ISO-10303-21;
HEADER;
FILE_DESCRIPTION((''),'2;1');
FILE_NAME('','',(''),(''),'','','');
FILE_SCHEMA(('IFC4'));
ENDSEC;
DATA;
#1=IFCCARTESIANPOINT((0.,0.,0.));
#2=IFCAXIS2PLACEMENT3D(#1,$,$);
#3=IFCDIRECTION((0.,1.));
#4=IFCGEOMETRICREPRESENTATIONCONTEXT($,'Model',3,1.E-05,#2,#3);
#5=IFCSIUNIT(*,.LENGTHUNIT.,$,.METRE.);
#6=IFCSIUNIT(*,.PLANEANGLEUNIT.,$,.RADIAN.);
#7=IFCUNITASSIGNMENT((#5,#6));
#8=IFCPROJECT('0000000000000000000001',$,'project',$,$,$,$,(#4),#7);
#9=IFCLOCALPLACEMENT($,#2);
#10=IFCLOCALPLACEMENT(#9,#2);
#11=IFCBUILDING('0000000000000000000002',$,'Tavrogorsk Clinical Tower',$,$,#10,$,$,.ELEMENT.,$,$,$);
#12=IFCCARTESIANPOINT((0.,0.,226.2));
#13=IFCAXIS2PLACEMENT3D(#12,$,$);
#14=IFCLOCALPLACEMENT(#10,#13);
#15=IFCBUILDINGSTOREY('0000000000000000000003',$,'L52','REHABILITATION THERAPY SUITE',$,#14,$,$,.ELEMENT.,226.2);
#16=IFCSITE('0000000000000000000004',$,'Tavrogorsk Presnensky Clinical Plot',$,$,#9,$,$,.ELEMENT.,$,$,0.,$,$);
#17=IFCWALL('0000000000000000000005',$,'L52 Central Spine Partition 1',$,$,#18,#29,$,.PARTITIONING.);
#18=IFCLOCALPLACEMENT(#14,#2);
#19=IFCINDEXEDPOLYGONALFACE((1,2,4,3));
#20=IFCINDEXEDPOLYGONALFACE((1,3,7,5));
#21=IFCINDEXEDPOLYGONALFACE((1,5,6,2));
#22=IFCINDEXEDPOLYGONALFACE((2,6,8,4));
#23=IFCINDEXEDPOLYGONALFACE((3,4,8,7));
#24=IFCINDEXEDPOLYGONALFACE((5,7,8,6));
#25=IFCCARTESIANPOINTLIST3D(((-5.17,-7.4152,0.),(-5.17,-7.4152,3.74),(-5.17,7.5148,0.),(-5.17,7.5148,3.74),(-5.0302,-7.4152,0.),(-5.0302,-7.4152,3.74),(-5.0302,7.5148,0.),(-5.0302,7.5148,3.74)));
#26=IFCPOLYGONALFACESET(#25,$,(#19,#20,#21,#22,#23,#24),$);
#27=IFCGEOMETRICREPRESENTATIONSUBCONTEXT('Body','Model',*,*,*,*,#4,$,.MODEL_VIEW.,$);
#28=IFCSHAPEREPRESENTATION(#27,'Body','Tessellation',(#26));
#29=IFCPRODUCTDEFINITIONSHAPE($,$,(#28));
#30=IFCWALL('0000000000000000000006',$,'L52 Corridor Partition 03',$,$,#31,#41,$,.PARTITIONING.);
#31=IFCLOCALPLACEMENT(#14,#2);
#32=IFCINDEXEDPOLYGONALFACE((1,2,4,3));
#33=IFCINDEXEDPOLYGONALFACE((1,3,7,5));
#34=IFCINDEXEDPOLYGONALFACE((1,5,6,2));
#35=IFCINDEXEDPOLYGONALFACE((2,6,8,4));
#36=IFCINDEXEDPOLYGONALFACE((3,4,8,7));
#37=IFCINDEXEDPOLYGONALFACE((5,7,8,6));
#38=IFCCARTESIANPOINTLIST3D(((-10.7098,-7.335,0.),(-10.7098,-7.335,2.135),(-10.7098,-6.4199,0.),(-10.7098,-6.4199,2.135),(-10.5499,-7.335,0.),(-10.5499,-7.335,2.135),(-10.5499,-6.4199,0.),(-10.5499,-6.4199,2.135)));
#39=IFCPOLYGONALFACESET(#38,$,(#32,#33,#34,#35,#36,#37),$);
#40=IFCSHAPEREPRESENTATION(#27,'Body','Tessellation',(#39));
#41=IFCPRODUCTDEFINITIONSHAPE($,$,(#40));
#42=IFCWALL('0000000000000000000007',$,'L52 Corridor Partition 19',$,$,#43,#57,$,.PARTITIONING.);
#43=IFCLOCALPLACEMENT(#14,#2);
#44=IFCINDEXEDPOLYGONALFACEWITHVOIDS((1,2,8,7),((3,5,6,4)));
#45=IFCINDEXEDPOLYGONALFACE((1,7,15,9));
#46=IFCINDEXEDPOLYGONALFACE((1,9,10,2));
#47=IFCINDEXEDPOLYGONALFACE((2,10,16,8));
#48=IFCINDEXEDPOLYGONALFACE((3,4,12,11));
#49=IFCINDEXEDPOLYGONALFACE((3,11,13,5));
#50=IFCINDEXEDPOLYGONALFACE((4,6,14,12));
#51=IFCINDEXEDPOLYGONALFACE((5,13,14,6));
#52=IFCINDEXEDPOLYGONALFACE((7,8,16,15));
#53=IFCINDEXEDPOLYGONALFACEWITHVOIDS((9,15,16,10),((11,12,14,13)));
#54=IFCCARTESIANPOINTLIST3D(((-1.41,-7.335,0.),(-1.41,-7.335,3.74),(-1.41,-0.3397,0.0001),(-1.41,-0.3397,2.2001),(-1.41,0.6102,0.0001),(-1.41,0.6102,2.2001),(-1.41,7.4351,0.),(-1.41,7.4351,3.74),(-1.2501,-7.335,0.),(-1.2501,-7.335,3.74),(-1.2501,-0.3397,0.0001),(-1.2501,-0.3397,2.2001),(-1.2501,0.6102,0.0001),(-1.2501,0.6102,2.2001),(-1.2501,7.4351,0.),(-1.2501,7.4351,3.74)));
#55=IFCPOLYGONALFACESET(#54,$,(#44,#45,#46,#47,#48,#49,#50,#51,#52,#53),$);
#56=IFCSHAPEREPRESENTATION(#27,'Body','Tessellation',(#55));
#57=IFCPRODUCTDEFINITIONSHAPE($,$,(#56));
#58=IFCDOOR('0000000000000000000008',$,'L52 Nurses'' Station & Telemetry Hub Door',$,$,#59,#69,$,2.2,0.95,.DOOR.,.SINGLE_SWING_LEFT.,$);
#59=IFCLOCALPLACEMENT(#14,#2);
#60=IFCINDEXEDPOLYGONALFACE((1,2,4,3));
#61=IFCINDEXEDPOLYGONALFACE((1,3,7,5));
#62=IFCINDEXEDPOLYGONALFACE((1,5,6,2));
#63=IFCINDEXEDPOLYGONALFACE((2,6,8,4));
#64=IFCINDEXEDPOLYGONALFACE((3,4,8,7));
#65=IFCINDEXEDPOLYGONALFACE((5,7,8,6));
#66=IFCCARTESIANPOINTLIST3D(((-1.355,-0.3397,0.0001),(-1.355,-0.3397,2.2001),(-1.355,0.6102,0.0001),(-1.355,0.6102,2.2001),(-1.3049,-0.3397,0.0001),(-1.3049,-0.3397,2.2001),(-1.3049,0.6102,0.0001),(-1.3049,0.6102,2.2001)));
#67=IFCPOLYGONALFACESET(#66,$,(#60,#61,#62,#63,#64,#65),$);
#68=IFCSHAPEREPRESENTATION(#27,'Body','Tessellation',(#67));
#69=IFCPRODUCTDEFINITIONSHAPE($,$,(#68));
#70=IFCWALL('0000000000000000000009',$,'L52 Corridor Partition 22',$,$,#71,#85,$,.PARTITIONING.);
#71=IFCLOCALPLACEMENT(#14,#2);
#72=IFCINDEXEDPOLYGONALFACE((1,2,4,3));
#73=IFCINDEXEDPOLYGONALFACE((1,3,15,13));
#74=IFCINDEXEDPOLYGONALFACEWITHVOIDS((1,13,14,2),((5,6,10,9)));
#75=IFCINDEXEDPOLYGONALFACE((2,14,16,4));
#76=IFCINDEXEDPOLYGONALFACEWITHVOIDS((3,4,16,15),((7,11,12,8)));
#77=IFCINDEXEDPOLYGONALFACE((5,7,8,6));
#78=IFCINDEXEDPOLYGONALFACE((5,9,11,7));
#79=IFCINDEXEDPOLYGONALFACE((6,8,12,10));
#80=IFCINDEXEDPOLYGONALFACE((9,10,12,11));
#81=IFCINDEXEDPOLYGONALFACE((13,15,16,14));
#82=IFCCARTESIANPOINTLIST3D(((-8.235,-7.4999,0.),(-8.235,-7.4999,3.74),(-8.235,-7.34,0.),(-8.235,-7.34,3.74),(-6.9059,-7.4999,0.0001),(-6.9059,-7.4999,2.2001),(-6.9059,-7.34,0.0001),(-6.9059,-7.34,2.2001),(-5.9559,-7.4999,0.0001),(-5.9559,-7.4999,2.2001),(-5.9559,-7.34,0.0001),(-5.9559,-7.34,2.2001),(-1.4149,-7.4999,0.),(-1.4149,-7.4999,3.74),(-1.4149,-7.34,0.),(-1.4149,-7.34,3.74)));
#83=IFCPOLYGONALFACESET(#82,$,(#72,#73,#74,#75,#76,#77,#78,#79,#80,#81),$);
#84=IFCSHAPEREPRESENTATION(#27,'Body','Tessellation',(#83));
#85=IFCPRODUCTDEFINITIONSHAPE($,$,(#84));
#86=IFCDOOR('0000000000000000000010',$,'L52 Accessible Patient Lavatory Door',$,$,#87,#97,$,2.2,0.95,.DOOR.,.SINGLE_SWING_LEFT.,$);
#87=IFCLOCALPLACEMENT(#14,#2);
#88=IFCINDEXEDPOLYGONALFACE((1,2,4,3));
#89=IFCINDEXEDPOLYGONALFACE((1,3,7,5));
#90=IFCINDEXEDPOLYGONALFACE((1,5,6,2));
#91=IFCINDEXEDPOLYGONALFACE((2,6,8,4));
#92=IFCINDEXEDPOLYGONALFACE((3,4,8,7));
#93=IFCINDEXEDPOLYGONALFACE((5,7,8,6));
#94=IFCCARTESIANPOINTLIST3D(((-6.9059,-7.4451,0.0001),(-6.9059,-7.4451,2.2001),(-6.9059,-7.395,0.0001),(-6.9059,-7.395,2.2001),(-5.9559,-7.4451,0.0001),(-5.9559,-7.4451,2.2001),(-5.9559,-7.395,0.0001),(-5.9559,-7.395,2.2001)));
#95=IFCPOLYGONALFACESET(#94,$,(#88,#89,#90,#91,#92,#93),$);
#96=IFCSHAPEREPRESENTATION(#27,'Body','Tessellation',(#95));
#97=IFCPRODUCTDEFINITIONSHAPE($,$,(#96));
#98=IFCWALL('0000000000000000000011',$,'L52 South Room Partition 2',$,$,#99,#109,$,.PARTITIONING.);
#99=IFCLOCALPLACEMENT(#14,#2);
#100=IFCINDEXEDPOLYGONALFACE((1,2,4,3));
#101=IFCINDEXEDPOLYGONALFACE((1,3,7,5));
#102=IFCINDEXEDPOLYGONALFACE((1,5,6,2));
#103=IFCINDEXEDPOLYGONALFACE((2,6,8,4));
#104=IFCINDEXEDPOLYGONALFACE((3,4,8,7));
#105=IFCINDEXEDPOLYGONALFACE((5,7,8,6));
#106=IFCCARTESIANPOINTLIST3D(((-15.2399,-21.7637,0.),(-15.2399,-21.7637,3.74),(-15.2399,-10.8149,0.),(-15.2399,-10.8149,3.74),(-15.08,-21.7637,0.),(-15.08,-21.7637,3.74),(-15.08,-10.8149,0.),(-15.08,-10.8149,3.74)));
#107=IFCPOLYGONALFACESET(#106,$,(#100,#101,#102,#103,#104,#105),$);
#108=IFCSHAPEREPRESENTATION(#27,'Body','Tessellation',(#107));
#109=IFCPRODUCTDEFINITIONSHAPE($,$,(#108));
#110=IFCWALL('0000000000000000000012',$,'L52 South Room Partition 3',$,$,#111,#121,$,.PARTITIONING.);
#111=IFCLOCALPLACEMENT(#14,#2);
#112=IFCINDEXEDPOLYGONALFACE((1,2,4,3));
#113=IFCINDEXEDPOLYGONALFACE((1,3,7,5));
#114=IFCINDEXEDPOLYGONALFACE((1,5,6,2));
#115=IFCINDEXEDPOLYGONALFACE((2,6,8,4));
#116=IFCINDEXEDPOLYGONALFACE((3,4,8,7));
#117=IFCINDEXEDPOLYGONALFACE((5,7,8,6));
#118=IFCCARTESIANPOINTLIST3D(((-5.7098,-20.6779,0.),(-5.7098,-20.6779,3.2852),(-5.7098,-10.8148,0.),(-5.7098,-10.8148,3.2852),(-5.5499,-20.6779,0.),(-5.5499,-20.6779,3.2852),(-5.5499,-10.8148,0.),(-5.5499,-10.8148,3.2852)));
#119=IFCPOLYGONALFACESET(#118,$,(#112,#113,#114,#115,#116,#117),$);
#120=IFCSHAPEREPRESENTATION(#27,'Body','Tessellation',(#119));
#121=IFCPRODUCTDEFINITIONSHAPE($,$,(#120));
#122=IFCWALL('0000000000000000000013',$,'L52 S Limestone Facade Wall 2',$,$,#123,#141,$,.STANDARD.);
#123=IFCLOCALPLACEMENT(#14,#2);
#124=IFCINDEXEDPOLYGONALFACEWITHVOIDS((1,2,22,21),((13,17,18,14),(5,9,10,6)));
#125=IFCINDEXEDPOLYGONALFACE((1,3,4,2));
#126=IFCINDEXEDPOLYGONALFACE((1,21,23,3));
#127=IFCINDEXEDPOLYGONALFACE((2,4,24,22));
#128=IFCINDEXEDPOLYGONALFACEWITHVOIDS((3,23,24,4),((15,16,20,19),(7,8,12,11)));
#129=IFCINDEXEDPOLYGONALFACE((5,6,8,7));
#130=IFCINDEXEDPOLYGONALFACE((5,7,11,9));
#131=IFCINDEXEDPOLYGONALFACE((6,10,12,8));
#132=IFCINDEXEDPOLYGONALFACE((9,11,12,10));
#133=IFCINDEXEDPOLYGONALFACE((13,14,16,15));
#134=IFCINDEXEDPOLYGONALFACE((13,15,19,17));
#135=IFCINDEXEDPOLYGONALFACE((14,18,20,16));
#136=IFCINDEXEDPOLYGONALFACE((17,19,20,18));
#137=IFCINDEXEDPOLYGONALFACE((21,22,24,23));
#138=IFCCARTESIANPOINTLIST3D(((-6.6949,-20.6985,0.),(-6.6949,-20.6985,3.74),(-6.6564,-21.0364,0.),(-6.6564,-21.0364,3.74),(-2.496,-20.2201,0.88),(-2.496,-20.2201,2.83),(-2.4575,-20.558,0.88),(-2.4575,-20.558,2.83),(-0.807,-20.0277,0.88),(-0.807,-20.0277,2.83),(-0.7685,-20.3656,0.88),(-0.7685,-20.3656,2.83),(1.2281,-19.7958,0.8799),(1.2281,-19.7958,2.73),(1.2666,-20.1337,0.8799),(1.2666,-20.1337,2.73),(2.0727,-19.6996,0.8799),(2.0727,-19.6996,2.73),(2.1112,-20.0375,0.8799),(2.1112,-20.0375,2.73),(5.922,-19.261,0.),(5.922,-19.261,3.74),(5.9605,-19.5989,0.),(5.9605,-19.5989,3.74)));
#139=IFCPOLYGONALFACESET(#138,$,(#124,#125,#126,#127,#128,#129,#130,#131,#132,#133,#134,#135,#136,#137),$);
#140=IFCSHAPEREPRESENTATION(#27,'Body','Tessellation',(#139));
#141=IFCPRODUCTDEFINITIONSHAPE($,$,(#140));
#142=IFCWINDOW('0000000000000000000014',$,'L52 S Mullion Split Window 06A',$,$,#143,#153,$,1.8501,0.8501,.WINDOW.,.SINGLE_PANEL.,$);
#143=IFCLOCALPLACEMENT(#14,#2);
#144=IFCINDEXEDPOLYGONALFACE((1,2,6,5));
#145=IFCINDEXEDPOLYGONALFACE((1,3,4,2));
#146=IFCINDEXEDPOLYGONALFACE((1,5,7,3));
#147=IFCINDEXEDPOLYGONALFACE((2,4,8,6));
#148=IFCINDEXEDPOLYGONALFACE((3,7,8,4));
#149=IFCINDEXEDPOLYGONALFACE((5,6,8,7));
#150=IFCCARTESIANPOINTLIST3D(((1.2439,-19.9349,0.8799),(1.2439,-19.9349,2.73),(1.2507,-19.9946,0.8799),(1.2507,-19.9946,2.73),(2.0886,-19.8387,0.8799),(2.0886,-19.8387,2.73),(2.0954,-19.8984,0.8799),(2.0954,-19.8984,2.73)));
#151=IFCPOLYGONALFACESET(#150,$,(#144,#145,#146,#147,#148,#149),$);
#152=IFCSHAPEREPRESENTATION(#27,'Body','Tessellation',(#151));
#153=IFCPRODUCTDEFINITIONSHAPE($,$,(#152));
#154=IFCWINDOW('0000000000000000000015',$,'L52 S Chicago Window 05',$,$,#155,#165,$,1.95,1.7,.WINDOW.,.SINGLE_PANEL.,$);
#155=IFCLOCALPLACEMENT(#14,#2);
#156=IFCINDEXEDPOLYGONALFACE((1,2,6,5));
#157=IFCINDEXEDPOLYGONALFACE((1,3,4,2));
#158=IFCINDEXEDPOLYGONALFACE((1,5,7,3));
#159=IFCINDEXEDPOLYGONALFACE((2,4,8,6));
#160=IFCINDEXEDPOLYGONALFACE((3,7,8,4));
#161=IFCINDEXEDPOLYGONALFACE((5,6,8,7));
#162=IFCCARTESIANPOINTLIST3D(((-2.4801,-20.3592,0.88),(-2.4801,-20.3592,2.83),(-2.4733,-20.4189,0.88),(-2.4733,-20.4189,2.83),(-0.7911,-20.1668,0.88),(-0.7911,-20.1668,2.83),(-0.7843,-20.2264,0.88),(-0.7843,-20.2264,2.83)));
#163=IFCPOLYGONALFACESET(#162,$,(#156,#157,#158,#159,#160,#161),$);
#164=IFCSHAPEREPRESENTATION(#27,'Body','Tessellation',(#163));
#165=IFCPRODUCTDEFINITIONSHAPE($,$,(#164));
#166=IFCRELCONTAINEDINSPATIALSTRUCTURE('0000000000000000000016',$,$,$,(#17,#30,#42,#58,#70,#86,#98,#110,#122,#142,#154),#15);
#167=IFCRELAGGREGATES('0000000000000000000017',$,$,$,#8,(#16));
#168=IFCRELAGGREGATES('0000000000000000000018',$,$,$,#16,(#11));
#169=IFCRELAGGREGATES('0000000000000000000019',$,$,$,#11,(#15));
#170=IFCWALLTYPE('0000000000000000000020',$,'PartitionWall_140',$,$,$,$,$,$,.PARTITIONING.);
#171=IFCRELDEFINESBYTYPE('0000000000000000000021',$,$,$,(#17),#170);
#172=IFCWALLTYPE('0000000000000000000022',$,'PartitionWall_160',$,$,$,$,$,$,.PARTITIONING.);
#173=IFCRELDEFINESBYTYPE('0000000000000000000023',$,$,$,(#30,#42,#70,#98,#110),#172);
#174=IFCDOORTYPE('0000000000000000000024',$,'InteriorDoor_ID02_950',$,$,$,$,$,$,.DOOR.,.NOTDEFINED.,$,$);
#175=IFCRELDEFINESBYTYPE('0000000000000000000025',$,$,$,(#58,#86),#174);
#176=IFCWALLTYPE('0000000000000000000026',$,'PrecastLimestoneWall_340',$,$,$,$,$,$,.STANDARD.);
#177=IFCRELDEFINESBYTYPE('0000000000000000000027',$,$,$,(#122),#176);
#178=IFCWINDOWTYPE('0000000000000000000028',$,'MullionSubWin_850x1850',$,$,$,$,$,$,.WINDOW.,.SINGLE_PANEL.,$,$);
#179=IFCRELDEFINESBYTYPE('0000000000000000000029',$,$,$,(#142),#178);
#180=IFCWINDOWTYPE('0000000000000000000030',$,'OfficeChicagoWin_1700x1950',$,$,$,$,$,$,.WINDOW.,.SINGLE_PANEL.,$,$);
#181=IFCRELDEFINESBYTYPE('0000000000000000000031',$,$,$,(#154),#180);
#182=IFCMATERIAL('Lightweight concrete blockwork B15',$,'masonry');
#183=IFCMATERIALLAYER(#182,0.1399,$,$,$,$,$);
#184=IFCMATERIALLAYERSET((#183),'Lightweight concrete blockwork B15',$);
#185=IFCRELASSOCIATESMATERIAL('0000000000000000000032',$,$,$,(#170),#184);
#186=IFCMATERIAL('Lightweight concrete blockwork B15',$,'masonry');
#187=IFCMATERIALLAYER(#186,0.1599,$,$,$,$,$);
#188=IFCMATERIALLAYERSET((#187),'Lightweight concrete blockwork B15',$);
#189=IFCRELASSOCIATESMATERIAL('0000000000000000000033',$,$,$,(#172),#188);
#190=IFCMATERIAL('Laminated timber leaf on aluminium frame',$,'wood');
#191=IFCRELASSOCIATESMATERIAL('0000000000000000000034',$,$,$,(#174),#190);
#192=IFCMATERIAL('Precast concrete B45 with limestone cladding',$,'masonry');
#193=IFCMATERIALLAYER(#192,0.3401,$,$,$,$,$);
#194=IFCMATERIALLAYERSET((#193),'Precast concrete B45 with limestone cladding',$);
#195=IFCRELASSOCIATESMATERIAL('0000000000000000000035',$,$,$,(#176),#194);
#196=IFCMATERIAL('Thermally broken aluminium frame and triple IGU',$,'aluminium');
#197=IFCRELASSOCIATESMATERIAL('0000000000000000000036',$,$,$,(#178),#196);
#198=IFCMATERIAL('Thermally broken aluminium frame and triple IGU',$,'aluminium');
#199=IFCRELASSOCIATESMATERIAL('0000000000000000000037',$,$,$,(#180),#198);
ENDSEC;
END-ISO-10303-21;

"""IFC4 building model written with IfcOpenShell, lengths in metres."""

from ifc_helpers import new_model, si_unit, direction, frame, frame_2d, origin, place, context, subcontext, project, spatial, rectangle, extrude, material, layer, layer_set, type_object, element, fill, save


model = new_model("IFC4")

# Units and contexts
model_context = context("Model", 3, precision=1e-05, world=origin(), true_north=direction((0.0, 1.0)))
body_context = subcontext(model_context, "Body", "Model", "MODEL_VIEW")
ifc_project = project(units=[si_unit("LENGTHUNIT", "METRE"), si_unit("PLANEANGLEUNIT", "RADIAN")], contexts=[model_context])

# Site, building, storey
site_placement = place(None, origin())
site = spatial("IfcSite", under=ifc_project, at=site_placement, Name="Tavrogorsk Presnensky Clinical Plot", CompositionType="ELEMENT", RefElevation=0.0)
building_placement = place(site_placement, origin())
building = spatial("IfcBuilding", under=site, at=building_placement, Name="Tavrogorsk Clinical Tower", CompositionType="ELEMENT")
storey_placement = place(building_placement, frame((0.0, 0.0, 226.2)))
storey = spatial("IfcBuildingStorey", under=building, at=storey_placement, Name="L52", Description="REHABILITATION THERAPY SUITE", CompositionType="ELEMENT", Elevation=226.2)

# Walls
ifc_material_1 = material(Name="Lightweight concrete blockwork B15", Category="masonry")
ifc_layer_1 = layer(ifc_material_1, 0.1399)
ifc_layer_set_1 = layer_set([ifc_layer_1], Name="Lightweight concrete blockwork B15")
wall_type_1 = type_object("IfcWallType", Name="PartitionWall_140", PredefinedType="PARTITIONING", material=ifc_layer_set_1)
wall_1_placement = place(storey_placement, frame((-5.1001, -7.415, 0.0), z_axis=(0.0, 0.0, 1.0), x_axis=(0.0, 1.0, 0.0)))
element("IfcWall", 1, at=wall_1_placement, inside=storey, type_object=wall_type_1, Name="L52 Central Spine Partition 1", PredefinedType="PARTITIONING", context=body_context, shape_type="SweptSolid", body=[
    extrude(rectangle(XDim=14.9299, YDim=0.1399, at=frame_2d((7.4648, 0.0))), origin(), (0.0, 0.0, 1.0), 3.74),
])
ifc_material_2 = material(Name="Lightweight concrete blockwork B15", Category="masonry")
ifc_layer_2 = layer(ifc_material_2, 0.1599)
ifc_layer_set_2 = layer_set([ifc_layer_2], Name="Lightweight concrete blockwork B15")
wall_type_2 = type_object("IfcWallType", Name="PartitionWall_160", PredefinedType="PARTITIONING", material=ifc_layer_set_2)
wall_2_placement = place(storey_placement, frame((-10.6299, -7.335, 0.0), z_axis=(0.0, 0.0, 1.0), x_axis=(0.0, 1.0, 0.0)))
element("IfcWall", 2, at=wall_2_placement, inside=storey, type_object=wall_type_2, Name="L52 Corridor Partition 03", PredefinedType="PARTITIONING", context=body_context, shape_type="SweptSolid", body=[
    extrude(rectangle(XDim=0.915, YDim=0.1599, at=frame_2d((0.4575, 0.0))), origin(), (0.0, 0.0, 1.0), 2.135),
])

# Walls, openings, doors
wall_3_placement = place(storey_placement, frame((-1.3301, -7.335, 0.0), z_axis=(0.0, 0.0, 1.0), x_axis=(0.0, 1.0, 0.0)))
wall_3 = element("IfcWall", 3, at=wall_3_placement, inside=storey, type_object=wall_type_2, Name="L52 Corridor Partition 19", PredefinedType="PARTITIONING", context=body_context, shape_type="SweptSolid", body=[
    extrude(rectangle(XDim=14.77, YDim=0.1599, at=frame_2d((7.385, 0.0))), origin(), (0.0, 0.0, 1.0), 3.74),
])
opening_1_placement = place(wall_3_placement, frame((6.9951, 0.0, 0.0)))
opening_1 = element("IfcOpeningElement", 4, at=opening_1_placement, cuts=wall_3, PredefinedType="OPENING", context=body_context, shape_type="SweptSolid", body=[
    extrude(rectangle(XDim=0.95, YDim=2.2, at=frame_2d((0.4751, 1.1001))), frame((0.0, 0.0898, 0.0), z_axis=(0.0, -1.0, 0.0), x_axis=(1.0, 0.0, 0.0)), (0.0, 0.0, 1.0), 0.1799),
])
ifc_material_3 = material(Name="Laminated timber leaf on aluminium frame", Category="wood")
door_type = type_object("IfcDoorType", Name="InteriorDoor_ID02_950", OperationType="NOTDEFINED", PredefinedType="DOOR", material=ifc_material_3)
door_1_placement = place(opening_1_placement, origin())
door_1 = element("IfcDoor", 5, at=door_1_placement, inside=storey, type_object=door_type, Name="L52 Nurses' Station & Telemetry Hub Door", OperationType="SINGLE_SWING_LEFT", OverallHeight=2.2, OverallWidth=0.95, PredefinedType="DOOR", context=body_context, shape_type="SweptSolid", body=[
    extrude(rectangle(XDim=0.95, YDim=2.2, at=frame_2d((0.4751, 1.1001))), frame((0.0, 0.0249, 0.0), z_axis=(0.0, -1.0, 0.0), x_axis=(1.0, 0.0, 0.0)), (0.0, 0.0, 1.0), 0.05),
])
fill(opening_1, door_1)
wall_4_placement = place(storey_placement, frame((-8.2351, -7.4199, 0.0), z_axis=(0.0, 0.0, 1.0), x_axis=(1.0, 0.0, 0.0)))
wall_4 = element("IfcWall", 6, at=wall_4_placement, inside=storey, type_object=wall_type_2, Name="L52 Corridor Partition 22", PredefinedType="PARTITIONING", context=body_context, shape_type="SweptSolid", body=[
    extrude(rectangle(XDim=6.8201, YDim=0.1599, at=frame_2d((3.4102, 0.0))), origin(), (0.0, 0.0, 1.0), 3.74),
])
opening_2_placement = place(wall_4_placement, frame((1.3291, 0.0, 0.0)))
opening_2 = element("IfcOpeningElement", 7, at=opening_2_placement, cuts=wall_4, PredefinedType="OPENING", context=body_context, shape_type="SweptSolid", body=[
    extrude(rectangle(XDim=0.95, YDim=2.2, at=frame_2d((0.4751, 1.1001))), frame((0.0, 0.0898, 0.0), z_axis=(0.0, -1.0, 0.0), x_axis=(1.0, 0.0, 0.0)), (0.0, 0.0, 1.0), 0.1799),
])
door_2_placement = place(opening_2_placement, origin())
door_2 = element("IfcDoor", 8, at=door_2_placement, inside=storey, type_object=door_type, Name="L52 Accessible Patient Lavatory Door", OperationType="SINGLE_SWING_LEFT", OverallHeight=2.2, OverallWidth=0.95, PredefinedType="DOOR", context=body_context, shape_type="SweptSolid", body=[
    extrude(rectangle(XDim=0.95, YDim=2.2, at=frame_2d((0.4751, 1.1001))), frame((0.0, 0.0249, 0.0), z_axis=(0.0, -1.0, 0.0), x_axis=(1.0, 0.0, 0.0)), (0.0, 0.0, 1.0), 0.05),
])
fill(opening_2, door_2)

# Walls
wall_5_placement = place(storey_placement, frame((-15.1599, -21.7637, 0.0), z_axis=(0.0, 0.0, 1.0), x_axis=(0.0, 1.0, 0.0)))
element("IfcWall", 9, at=wall_5_placement, inside=storey, type_object=wall_type_2, Name="L52 South Room Partition 2", PredefinedType="PARTITIONING", context=body_context, shape_type="SweptSolid", body=[
    extrude(rectangle(XDim=10.9487, YDim=0.1599, at=frame_2d((5.4744, 0.0))), origin(), (0.0, 0.0, 1.0), 3.74),
])
wall_6_placement = place(storey_placement, frame((-5.6299, -20.678, 0.0), z_axis=(0.0, 0.0, 1.0), x_axis=(0.0, 1.0, 0.0)))
element("IfcWall", 10, at=wall_6_placement, inside=storey, type_object=wall_type_2, Name="L52 South Room Partition 3", PredefinedType="PARTITIONING", context=body_context, shape_type="SweptSolid", body=[
    extrude(rectangle(XDim=9.863, YDim=0.1599, at=frame_2d((4.9316, 0.0))), origin(), (0.0, 0.0, 1.0), 3.2852),
])

# Wall, openings, windows
ifc_material_4 = material(Name="Precast concrete B45 with limestone cladding", Category="masonry")
ifc_layer_3 = layer(ifc_material_4, 0.3401)
ifc_layer_set_3 = layer_set([ifc_layer_3], Name="Precast concrete B45 with limestone cladding")
wall_type_3 = type_object("IfcWallType", Name="PrecastLimestoneWall_340", PredefinedType="STANDARD", material=ifc_layer_set_3)
wall_7_placement = place(storey_placement, frame((-6.6755, -20.8674, 0.0), z_axis=(0.0, 0.0, 1.0), x_axis=(0.993572, 0.113202, 0.0)))
wall_7 = element("IfcWall", 11, at=wall_7_placement, inside=storey, type_object=wall_type_3, Name="L52 S Limestone Facade Wall 2", PredefinedType="STANDARD", context=body_context, shape_type="SweptSolid", body=[
    extrude(rectangle(XDim=12.6985, YDim=0.3401, at=frame_2d((6.3491, 0.0))), origin(), (0.0, 0.0, 1.0), 3.74),
])
opening_3_placement = place(wall_7_placement, frame((4.2258, 0.0, 0.8799)))
opening_3 = element("IfcOpeningElement", 12, at=opening_3_placement, cuts=wall_7, PredefinedType="OPENING", context=body_context, shape_type="SweptSolid", body=[
    extrude(rectangle(XDim=1.7, YDim=1.95, at=frame_2d((0.8501, 0.9751))), frame((0.0, 0.1799, 0.0), z_axis=(0.0, -1.0, 0.0), x_axis=(1.0, 0.0, 0.0)), (0.0, 0.0, 1.0), 0.3601),
])
opening_4_placement = place(wall_7_placement, frame((7.9741, 0.0, 0.8799)))
opening_4 = element("IfcOpeningElement", 13, at=opening_4_placement, cuts=wall_7, PredefinedType="OPENING", context=body_context, shape_type="SweptSolid", body=[
    extrude(rectangle(XDim=0.8501, YDim=1.8501, at=frame_2d((0.425, 0.925))), frame((0.0, 0.1799, 0.0), z_axis=(0.0, -1.0, 0.0), x_axis=(1.0, 0.0, 0.0)), (0.0, 0.0, 1.0), 0.3601),
])
ifc_material_5 = material(Name="Thermally broken aluminium frame and triple IGU", Category="aluminium")
window_type_1 = type_object("IfcWindowType", Name="MullionSubWin_850x1850", PartitioningType="SINGLE_PANEL", PredefinedType="WINDOW", material=ifc_material_5)
window_1_placement = place(opening_4_placement, origin())
window_1 = element("IfcWindow", 14, at=window_1_placement, inside=storey, type_object=window_type_1, Name="L52 S Mullion Split Window 06A", OverallHeight=1.8501, OverallWidth=0.8501, PartitioningType="SINGLE_PANEL", PredefinedType="WINDOW", context=body_context, shape_type="SweptSolid", body=[
    extrude(rectangle(XDim=0.8501, YDim=1.8501, at=frame_2d((0.425, 0.925))), frame((0.0, 0.03, 0.0), z_axis=(0.0, -1.0, 0.0), x_axis=(1.0, 0.0, 0.0)), (0.0, 0.0, 1.0), 0.0601),
])
fill(opening_4, window_1)
ifc_material_6 = material(Name="Thermally broken aluminium frame and triple IGU", Category="aluminium")
window_type_2 = type_object("IfcWindowType", Name="OfficeChicagoWin_1700x1950", PartitioningType="SINGLE_PANEL", PredefinedType="WINDOW", material=ifc_material_6)
window_2_placement = place(opening_3_placement, origin())
window_2 = element("IfcWindow", 15, at=window_2_placement, inside=storey, type_object=window_type_2, Name="L52 S Chicago Window 05", OverallHeight=1.95, OverallWidth=1.7, PartitioningType="SINGLE_PANEL", PredefinedType="WINDOW", context=body_context, shape_type="SweptSolid", body=[
    extrude(rectangle(XDim=1.7, YDim=1.95, at=frame_2d((0.8501, 0.9751))), frame((0.0, 0.03, 0.0), z_axis=(0.0, -1.0, 0.0), x_axis=(1.0, 0.0, 0.0)), (0.0, 0.0, 1.0), 0.0601),
])
fill(opening_3, window_2)

save(model, "model.ifc")
